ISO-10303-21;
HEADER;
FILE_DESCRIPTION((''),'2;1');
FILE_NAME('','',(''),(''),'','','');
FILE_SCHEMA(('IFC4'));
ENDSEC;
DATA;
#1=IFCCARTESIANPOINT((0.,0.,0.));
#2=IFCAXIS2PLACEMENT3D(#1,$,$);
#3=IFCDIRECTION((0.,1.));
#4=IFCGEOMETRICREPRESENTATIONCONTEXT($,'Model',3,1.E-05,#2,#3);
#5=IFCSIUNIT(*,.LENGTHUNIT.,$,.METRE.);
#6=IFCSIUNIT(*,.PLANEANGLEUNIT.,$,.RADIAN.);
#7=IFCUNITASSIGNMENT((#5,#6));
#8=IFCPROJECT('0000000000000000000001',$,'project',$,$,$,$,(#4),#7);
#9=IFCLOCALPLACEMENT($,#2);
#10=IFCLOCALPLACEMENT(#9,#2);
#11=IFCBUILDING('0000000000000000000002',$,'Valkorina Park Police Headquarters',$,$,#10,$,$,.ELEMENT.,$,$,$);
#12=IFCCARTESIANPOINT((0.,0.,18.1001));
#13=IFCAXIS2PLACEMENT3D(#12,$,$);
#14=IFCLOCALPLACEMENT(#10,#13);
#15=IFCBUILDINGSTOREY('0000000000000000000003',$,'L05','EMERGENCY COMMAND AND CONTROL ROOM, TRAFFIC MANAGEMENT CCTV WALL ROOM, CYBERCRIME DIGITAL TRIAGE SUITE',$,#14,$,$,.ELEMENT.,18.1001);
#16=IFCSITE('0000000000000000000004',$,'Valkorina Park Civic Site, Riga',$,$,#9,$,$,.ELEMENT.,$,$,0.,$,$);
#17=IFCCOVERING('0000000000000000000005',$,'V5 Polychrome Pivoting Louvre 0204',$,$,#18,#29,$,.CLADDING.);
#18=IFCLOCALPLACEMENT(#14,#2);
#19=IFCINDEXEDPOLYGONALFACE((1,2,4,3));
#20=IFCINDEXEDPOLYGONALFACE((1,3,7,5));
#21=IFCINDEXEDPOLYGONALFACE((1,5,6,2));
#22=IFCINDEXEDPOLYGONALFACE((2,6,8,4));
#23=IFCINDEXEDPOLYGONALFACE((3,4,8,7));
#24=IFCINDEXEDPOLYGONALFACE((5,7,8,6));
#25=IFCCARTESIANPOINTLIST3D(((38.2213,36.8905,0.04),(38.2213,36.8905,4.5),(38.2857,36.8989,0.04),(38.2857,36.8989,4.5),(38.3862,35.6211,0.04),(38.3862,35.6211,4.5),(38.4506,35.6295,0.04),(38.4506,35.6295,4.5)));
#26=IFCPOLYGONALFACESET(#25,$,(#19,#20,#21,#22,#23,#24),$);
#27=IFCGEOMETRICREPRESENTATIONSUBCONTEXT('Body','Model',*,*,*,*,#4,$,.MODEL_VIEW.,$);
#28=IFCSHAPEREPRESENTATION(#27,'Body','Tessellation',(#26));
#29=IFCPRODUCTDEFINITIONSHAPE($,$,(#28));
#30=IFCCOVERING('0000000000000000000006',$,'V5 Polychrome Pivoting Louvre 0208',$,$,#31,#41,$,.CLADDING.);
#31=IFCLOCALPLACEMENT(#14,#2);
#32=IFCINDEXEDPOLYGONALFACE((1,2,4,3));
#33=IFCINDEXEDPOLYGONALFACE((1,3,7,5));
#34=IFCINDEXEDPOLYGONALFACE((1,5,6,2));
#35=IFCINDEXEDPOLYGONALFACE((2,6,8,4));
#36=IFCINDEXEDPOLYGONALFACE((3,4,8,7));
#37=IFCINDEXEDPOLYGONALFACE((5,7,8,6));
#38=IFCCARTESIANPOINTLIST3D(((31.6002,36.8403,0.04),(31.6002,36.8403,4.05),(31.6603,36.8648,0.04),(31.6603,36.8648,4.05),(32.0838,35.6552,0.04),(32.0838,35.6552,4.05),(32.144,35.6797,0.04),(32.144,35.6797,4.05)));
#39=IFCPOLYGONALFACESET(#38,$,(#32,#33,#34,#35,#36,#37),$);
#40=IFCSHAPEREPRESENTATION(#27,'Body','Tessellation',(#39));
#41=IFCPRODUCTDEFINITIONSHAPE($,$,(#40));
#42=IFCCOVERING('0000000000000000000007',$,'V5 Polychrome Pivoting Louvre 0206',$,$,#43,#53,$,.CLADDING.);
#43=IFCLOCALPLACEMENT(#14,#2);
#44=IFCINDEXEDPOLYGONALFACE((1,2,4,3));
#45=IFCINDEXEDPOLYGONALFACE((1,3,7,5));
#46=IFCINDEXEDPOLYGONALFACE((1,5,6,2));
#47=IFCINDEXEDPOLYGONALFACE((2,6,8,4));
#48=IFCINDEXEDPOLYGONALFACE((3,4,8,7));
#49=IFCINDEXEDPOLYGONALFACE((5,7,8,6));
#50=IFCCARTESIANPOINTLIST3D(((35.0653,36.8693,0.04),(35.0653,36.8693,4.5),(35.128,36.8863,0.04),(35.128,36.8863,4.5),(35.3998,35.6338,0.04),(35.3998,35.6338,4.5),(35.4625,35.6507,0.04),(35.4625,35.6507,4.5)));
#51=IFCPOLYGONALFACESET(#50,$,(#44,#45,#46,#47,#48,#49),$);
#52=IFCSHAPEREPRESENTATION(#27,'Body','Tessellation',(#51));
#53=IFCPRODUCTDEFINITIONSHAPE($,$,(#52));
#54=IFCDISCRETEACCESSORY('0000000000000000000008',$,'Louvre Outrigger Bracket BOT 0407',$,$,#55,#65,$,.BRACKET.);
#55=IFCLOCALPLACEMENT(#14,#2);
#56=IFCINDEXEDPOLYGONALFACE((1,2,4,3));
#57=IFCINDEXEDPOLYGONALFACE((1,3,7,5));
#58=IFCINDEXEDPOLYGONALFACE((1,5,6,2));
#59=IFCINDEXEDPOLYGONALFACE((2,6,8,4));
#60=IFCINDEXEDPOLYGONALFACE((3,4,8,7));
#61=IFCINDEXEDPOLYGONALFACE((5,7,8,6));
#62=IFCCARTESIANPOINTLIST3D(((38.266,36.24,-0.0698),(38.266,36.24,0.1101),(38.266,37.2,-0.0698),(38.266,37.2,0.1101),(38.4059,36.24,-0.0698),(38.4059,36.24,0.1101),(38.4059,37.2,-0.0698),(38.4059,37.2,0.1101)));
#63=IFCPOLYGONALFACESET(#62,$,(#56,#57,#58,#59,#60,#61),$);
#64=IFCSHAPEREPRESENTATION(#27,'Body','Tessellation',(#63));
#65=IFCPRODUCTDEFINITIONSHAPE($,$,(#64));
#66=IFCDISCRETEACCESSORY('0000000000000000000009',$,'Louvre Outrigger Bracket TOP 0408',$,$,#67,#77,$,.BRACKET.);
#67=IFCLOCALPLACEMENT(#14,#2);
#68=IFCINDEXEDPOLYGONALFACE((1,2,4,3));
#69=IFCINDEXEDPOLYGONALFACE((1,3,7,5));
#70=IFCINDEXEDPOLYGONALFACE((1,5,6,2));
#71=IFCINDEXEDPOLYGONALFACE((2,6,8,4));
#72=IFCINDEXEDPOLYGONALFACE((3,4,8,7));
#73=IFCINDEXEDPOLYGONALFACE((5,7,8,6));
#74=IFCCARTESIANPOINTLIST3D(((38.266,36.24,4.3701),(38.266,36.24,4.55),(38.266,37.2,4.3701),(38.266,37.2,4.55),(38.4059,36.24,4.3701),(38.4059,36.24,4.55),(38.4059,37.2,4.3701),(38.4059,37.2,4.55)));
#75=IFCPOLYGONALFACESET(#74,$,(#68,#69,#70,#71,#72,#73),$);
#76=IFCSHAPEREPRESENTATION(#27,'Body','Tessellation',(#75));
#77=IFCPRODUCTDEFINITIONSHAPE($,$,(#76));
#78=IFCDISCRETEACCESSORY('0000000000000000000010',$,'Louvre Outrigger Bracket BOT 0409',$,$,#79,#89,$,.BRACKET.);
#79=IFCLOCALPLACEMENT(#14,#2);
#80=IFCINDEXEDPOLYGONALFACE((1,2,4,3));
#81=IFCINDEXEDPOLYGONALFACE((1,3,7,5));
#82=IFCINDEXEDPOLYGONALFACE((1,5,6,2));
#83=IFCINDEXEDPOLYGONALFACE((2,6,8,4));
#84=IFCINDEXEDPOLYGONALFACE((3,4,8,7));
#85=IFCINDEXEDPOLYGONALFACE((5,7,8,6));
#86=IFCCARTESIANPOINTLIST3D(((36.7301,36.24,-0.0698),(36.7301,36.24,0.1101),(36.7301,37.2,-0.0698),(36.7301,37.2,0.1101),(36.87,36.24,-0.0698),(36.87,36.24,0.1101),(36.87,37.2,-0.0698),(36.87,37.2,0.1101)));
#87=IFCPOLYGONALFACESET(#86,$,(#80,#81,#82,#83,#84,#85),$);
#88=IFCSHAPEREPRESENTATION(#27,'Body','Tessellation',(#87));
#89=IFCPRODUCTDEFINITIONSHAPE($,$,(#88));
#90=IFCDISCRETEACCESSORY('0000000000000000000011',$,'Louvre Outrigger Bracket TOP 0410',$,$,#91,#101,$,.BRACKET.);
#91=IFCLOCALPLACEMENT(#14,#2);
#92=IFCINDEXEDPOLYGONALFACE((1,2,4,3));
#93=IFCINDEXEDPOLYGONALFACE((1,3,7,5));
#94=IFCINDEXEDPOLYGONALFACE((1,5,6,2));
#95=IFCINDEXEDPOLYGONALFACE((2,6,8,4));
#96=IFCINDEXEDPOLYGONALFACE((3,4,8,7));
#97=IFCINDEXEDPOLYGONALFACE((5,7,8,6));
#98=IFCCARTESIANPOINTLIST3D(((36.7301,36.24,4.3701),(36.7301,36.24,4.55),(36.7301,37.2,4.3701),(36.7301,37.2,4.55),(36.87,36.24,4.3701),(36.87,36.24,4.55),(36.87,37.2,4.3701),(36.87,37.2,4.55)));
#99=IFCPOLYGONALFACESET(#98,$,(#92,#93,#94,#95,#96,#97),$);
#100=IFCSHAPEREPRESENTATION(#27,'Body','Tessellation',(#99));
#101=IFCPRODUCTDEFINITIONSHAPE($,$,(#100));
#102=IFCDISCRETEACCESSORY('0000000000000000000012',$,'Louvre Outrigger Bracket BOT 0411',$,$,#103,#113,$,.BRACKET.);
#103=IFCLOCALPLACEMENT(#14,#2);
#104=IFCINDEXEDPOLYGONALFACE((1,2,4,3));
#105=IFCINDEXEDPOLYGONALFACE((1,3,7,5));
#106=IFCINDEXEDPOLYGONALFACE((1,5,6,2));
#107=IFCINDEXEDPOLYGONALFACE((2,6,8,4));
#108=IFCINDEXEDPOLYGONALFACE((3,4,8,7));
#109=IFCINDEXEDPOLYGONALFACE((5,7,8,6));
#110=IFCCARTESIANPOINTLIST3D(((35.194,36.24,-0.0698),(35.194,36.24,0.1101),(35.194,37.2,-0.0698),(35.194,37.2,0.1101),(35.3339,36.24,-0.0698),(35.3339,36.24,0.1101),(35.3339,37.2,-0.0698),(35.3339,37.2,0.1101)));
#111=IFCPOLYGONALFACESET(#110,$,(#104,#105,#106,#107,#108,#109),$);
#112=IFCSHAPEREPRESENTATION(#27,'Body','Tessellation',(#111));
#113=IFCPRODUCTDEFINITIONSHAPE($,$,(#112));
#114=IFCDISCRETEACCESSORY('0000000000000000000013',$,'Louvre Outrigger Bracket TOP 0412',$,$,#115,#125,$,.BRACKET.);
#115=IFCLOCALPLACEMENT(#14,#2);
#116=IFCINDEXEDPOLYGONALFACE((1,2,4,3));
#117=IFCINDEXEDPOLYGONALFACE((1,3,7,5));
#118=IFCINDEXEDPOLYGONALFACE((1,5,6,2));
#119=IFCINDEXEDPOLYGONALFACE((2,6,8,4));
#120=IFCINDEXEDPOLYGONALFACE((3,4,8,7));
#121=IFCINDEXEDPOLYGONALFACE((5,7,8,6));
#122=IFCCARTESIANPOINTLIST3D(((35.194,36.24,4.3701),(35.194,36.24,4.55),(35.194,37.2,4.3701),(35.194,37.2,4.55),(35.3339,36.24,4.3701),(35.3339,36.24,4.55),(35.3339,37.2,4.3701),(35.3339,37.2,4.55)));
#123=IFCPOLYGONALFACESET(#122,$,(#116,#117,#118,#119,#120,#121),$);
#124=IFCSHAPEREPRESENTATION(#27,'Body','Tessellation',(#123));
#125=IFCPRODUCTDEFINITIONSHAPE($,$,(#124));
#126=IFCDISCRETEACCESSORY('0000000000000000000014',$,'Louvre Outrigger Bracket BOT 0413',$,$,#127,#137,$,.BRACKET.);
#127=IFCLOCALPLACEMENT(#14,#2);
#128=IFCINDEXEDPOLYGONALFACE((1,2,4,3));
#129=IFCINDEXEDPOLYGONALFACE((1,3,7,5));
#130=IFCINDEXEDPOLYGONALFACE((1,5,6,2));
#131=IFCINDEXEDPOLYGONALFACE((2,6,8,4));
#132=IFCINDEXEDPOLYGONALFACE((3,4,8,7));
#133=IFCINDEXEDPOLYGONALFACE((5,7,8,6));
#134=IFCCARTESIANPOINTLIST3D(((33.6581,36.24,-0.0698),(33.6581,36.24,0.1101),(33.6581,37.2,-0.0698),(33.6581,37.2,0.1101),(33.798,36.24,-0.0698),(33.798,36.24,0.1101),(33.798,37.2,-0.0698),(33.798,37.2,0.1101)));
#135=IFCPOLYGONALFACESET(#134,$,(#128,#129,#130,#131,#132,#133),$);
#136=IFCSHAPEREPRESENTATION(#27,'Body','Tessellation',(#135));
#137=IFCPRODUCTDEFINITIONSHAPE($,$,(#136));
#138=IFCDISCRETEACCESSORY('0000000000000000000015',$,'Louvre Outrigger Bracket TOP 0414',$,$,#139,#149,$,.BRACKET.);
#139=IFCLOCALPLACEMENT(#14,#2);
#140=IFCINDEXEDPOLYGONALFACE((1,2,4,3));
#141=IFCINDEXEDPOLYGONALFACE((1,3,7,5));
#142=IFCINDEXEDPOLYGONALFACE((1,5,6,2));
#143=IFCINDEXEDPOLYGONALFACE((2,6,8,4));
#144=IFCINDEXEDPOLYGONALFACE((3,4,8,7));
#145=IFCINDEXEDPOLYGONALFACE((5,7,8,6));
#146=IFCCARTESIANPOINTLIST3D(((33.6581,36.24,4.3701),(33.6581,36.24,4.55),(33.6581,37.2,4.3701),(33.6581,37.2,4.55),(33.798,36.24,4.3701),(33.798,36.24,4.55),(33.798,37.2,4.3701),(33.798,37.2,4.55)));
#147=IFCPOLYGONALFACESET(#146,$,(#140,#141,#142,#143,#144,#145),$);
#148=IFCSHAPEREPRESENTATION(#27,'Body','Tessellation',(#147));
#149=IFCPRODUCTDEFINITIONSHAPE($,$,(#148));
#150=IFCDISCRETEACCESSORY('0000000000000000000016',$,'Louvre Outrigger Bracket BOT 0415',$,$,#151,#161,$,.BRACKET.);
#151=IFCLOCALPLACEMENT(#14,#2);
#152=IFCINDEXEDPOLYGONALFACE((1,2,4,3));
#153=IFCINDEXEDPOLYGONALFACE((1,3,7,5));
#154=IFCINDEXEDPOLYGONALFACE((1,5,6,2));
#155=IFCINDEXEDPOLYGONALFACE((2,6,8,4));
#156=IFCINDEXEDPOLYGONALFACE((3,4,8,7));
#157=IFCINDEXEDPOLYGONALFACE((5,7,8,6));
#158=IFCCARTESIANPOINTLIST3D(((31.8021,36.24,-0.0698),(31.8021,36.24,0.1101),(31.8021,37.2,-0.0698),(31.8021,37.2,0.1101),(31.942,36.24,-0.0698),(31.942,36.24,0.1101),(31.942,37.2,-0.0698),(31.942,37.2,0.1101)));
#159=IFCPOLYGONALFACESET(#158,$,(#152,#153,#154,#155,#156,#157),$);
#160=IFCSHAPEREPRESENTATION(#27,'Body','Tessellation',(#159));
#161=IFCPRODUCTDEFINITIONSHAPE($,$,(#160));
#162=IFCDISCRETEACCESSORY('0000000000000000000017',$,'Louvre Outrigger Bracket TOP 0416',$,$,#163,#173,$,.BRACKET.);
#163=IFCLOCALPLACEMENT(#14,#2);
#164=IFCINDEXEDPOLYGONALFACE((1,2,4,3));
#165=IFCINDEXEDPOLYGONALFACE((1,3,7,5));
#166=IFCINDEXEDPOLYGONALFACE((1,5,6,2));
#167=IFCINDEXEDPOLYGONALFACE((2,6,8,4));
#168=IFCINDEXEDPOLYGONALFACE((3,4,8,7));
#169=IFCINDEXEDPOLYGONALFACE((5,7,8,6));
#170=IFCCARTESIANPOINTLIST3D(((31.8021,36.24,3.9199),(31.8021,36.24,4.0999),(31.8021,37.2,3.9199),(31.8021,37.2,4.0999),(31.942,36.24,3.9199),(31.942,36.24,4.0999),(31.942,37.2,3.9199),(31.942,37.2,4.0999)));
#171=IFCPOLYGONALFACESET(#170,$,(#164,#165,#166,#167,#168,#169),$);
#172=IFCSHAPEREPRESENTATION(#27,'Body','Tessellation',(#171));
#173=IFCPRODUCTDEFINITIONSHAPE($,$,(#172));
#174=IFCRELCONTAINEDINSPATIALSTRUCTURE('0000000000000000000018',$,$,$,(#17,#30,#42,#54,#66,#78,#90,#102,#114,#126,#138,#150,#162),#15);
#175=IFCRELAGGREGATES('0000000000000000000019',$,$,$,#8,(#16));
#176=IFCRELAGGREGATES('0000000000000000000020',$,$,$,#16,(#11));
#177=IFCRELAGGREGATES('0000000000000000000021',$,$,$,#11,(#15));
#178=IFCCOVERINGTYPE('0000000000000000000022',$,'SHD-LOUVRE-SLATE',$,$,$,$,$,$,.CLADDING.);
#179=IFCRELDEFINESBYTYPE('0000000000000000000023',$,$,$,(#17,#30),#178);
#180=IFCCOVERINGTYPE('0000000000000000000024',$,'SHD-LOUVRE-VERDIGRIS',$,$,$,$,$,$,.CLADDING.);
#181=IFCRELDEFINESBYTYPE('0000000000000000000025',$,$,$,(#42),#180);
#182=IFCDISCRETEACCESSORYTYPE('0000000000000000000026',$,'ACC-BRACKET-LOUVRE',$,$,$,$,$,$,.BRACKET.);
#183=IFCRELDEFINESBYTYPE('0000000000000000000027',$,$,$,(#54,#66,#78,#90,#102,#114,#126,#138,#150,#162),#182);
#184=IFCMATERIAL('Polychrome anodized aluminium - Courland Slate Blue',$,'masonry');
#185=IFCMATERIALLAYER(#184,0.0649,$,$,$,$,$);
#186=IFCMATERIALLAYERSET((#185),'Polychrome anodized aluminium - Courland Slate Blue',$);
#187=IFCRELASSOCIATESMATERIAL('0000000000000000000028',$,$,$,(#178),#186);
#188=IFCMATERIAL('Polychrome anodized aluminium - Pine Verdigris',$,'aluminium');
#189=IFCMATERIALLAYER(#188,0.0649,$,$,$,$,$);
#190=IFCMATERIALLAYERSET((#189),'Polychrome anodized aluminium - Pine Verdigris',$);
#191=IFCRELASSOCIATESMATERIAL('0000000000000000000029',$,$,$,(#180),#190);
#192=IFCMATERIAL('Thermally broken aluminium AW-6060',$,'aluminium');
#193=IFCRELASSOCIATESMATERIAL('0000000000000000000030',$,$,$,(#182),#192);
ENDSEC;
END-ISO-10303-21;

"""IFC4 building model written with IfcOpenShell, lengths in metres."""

from ifc_helpers import new_model, si_unit, direction, frame, origin, origin_2d, place, context, subcontext, project, spatial, rectangle, extrude, material, layer, layer_set, type_object, element, save


model = new_model("IFC4")

# Units and contexts
model_context = context("Model", 3, precision=1e-05, world=origin(), true_north=direction((0.0, 1.0)))
body_context = subcontext(model_context, "Body", "Model", "MODEL_VIEW")
ifc_project = project(units=[si_unit("LENGTHUNIT", "METRE"), si_unit("PLANEANGLEUNIT", "RADIAN")], contexts=[model_context])

# Site, building, storey
site_placement = place(None, origin())
site = spatial("IfcSite", under=ifc_project, at=site_placement, Name="Valkorina Park Civic Site, Riga", CompositionType="ELEMENT", RefElevation=0.0)
building_placement = place(site_placement, origin())
building = spatial("IfcBuilding", under=site, at=building_placement, Name="Valkorina Park Police Headquarters", CompositionType="ELEMENT")
storey_placement = place(building_placement, frame((0.0, 0.0, 18.1001)))
storey = spatial("IfcBuildingStorey", under=building, at=storey_placement, Name="L05", Description="EMERGENCY COMMAND AND CONTROL ROOM, TRAFFIC MANAGEMENT CCTV WALL ROOM, CYBERCRIME DIGITAL TRIAGE SUITE", CompositionType="ELEMENT", Elevation=18.1001)

# Shared definitions
ifc_material_1 = material(Name="Thermally broken aluminium AW-6060", Category="aluminium")

# Coverings
ifc_material_2 = material(Name="Polychrome anodized aluminium - Courland Slate Blue", Category="masonry")
ifc_layer_1 = layer(ifc_material_2, 0.0649)
ifc_layer_set_1 = layer_set([ifc_layer_1], Name="Polychrome anodized aluminium - Courland Slate Blue")
covering_type_1 = type_object("IfcCoveringType", Name="SHD-LOUVRE-SLATE", PredefinedType="CLADDING", material=ifc_layer_set_1)
covering_1_placement = place(storey_placement, frame((38.3359, 36.26, 0.04), z_axis=(0.0, 0.0, 1.0), x_axis=(0.128796, -0.991671, 0.0)))
element("IfcCovering", 1, at=covering_1_placement, inside=storey, type_object=covering_type_1, Name="V5 Polychrome Pivoting Louvre 0204", PredefinedType="CLADDING", context=body_context, shape_type="SweptSolid", body=[
    extrude(rectangle(XDim=1.28, YDim=0.0649, at=origin_2d()), origin(), (0.0, 0.0, 1.0), 4.46),
])
covering_2_placement = place(storey_placement, frame((31.8721, 36.26, 0.04), z_axis=(0.0, 0.0, 1.0), x_axis=(0.377841, -0.925871, 0.0)))
element("IfcCovering", 2, at=covering_2_placement, inside=storey, type_object=covering_type_1, Name="V5 Polychrome Pivoting Louvre 0208", PredefinedType="CLADDING", context=body_context, shape_type="SweptSolid", body=[
    extrude(rectangle(XDim=1.28, YDim=0.0649, at=origin_2d()), origin(), (0.0, 0.0, 1.0), 4.01),
])
ifc_material_3 = material(Name="Polychrome anodized aluminium - Pine Verdigris", Category="aluminium")
ifc_layer_2 = layer(ifc_material_3, 0.0649)
ifc_layer_set_2 = layer_set([ifc_layer_2], Name="Polychrome anodized aluminium - Pine Verdigris")
covering_type_2 = type_object("IfcCoveringType", Name="SHD-LOUVRE-VERDIGRIS", PredefinedType="CLADDING", material=ifc_layer_set_2)
covering_3_placement = place(storey_placement, frame((35.2639, 36.26, 0.04), z_axis=(0.0, 0.0, 1.0), x_axis=(0.261347, -0.965245, 0.0)))
element("IfcCovering", 3, at=covering_3_placement, inside=storey, type_object=covering_type_2, Name="V5 Polychrome Pivoting Louvre 0206", PredefinedType="CLADDING", context=body_context, shape_type="SweptSolid", body=[
    extrude(rectangle(XDim=1.28, YDim=0.0649, at=origin_2d()), origin(), (0.0, 0.0, 1.0), 4.46),
])

# Discrete accessories
discrete_accessory_type = type_object("IfcDiscreteAccessoryType", Name="ACC-BRACKET-LOUVRE", PredefinedType="BRACKET", material=ifc_material_1)
for number, where, z_axis, x_axis, name in (
    (4, (38.3359, 36.72, -0.0698), (0.0, 0.0, 1.0), (0.0, -1.0, 0.0), "Louvre Outrigger Bracket BOT 0407"),
    (5, (38.3359, 36.72, 4.3701), (0.0, 0.0, 1.0), (0.0, -1.0, 0.0), "Louvre Outrigger Bracket TOP 0408"),
    (6, (36.8, 36.72, -0.0698), (0.0, 0.0, 1.0), (0.0, -1.0, 0.0), "Louvre Outrigger Bracket BOT 0409"),
    (7, (36.8, 36.72, 4.3701), (0.0, 0.0, 1.0), (0.0, -1.0, 0.0), "Louvre Outrigger Bracket TOP 0410"),
    (8, (35.2639, 36.72, -0.0698), (0.0, 0.0, 1.0), (0.0, -1.0, 0.0), "Louvre Outrigger Bracket BOT 0411"),
    (9, (35.2639, 36.72, 4.3701), (0.0, 0.0, 1.0), (0.0, -1.0, 0.0), "Louvre Outrigger Bracket TOP 0412"),
    (10, (33.728, 36.72, -0.0698), (0.0, 0.0, 1.0), (0.0, -1.0, 0.0), "Louvre Outrigger Bracket BOT 0413"),
    (11, (33.728, 36.72, 4.3701), (0.0, 0.0, 1.0), (0.0, -1.0, 0.0), "Louvre Outrigger Bracket TOP 0414"),
    (12, (31.8721, 36.72, -0.0698), (0.0, 0.0, 1.0), (0.0, -1.0, 0.0), "Louvre Outrigger Bracket BOT 0415"),
    (13, (31.8721, 36.72, 3.9199), (0.0, 0.0, 1.0), (0.0, -1.0, 0.0), "Louvre Outrigger Bracket TOP 0416"),
):
    element("IfcDiscreteAccessory", number, at=place(storey_placement, frame(where, z_axis=z_axis, x_axis=x_axis)), inside=storey, type_object=discrete_accessory_type, Name=name, PredefinedType="BRACKET", context=body_context, shape_type="SweptSolid", body=[
        extrude(rectangle(XDim=0.96, YDim=0.1399, at=origin_2d()), origin(), (0.0, 0.0, 1.0), 0.1799),
    ])

save(model, "model.ifc")
